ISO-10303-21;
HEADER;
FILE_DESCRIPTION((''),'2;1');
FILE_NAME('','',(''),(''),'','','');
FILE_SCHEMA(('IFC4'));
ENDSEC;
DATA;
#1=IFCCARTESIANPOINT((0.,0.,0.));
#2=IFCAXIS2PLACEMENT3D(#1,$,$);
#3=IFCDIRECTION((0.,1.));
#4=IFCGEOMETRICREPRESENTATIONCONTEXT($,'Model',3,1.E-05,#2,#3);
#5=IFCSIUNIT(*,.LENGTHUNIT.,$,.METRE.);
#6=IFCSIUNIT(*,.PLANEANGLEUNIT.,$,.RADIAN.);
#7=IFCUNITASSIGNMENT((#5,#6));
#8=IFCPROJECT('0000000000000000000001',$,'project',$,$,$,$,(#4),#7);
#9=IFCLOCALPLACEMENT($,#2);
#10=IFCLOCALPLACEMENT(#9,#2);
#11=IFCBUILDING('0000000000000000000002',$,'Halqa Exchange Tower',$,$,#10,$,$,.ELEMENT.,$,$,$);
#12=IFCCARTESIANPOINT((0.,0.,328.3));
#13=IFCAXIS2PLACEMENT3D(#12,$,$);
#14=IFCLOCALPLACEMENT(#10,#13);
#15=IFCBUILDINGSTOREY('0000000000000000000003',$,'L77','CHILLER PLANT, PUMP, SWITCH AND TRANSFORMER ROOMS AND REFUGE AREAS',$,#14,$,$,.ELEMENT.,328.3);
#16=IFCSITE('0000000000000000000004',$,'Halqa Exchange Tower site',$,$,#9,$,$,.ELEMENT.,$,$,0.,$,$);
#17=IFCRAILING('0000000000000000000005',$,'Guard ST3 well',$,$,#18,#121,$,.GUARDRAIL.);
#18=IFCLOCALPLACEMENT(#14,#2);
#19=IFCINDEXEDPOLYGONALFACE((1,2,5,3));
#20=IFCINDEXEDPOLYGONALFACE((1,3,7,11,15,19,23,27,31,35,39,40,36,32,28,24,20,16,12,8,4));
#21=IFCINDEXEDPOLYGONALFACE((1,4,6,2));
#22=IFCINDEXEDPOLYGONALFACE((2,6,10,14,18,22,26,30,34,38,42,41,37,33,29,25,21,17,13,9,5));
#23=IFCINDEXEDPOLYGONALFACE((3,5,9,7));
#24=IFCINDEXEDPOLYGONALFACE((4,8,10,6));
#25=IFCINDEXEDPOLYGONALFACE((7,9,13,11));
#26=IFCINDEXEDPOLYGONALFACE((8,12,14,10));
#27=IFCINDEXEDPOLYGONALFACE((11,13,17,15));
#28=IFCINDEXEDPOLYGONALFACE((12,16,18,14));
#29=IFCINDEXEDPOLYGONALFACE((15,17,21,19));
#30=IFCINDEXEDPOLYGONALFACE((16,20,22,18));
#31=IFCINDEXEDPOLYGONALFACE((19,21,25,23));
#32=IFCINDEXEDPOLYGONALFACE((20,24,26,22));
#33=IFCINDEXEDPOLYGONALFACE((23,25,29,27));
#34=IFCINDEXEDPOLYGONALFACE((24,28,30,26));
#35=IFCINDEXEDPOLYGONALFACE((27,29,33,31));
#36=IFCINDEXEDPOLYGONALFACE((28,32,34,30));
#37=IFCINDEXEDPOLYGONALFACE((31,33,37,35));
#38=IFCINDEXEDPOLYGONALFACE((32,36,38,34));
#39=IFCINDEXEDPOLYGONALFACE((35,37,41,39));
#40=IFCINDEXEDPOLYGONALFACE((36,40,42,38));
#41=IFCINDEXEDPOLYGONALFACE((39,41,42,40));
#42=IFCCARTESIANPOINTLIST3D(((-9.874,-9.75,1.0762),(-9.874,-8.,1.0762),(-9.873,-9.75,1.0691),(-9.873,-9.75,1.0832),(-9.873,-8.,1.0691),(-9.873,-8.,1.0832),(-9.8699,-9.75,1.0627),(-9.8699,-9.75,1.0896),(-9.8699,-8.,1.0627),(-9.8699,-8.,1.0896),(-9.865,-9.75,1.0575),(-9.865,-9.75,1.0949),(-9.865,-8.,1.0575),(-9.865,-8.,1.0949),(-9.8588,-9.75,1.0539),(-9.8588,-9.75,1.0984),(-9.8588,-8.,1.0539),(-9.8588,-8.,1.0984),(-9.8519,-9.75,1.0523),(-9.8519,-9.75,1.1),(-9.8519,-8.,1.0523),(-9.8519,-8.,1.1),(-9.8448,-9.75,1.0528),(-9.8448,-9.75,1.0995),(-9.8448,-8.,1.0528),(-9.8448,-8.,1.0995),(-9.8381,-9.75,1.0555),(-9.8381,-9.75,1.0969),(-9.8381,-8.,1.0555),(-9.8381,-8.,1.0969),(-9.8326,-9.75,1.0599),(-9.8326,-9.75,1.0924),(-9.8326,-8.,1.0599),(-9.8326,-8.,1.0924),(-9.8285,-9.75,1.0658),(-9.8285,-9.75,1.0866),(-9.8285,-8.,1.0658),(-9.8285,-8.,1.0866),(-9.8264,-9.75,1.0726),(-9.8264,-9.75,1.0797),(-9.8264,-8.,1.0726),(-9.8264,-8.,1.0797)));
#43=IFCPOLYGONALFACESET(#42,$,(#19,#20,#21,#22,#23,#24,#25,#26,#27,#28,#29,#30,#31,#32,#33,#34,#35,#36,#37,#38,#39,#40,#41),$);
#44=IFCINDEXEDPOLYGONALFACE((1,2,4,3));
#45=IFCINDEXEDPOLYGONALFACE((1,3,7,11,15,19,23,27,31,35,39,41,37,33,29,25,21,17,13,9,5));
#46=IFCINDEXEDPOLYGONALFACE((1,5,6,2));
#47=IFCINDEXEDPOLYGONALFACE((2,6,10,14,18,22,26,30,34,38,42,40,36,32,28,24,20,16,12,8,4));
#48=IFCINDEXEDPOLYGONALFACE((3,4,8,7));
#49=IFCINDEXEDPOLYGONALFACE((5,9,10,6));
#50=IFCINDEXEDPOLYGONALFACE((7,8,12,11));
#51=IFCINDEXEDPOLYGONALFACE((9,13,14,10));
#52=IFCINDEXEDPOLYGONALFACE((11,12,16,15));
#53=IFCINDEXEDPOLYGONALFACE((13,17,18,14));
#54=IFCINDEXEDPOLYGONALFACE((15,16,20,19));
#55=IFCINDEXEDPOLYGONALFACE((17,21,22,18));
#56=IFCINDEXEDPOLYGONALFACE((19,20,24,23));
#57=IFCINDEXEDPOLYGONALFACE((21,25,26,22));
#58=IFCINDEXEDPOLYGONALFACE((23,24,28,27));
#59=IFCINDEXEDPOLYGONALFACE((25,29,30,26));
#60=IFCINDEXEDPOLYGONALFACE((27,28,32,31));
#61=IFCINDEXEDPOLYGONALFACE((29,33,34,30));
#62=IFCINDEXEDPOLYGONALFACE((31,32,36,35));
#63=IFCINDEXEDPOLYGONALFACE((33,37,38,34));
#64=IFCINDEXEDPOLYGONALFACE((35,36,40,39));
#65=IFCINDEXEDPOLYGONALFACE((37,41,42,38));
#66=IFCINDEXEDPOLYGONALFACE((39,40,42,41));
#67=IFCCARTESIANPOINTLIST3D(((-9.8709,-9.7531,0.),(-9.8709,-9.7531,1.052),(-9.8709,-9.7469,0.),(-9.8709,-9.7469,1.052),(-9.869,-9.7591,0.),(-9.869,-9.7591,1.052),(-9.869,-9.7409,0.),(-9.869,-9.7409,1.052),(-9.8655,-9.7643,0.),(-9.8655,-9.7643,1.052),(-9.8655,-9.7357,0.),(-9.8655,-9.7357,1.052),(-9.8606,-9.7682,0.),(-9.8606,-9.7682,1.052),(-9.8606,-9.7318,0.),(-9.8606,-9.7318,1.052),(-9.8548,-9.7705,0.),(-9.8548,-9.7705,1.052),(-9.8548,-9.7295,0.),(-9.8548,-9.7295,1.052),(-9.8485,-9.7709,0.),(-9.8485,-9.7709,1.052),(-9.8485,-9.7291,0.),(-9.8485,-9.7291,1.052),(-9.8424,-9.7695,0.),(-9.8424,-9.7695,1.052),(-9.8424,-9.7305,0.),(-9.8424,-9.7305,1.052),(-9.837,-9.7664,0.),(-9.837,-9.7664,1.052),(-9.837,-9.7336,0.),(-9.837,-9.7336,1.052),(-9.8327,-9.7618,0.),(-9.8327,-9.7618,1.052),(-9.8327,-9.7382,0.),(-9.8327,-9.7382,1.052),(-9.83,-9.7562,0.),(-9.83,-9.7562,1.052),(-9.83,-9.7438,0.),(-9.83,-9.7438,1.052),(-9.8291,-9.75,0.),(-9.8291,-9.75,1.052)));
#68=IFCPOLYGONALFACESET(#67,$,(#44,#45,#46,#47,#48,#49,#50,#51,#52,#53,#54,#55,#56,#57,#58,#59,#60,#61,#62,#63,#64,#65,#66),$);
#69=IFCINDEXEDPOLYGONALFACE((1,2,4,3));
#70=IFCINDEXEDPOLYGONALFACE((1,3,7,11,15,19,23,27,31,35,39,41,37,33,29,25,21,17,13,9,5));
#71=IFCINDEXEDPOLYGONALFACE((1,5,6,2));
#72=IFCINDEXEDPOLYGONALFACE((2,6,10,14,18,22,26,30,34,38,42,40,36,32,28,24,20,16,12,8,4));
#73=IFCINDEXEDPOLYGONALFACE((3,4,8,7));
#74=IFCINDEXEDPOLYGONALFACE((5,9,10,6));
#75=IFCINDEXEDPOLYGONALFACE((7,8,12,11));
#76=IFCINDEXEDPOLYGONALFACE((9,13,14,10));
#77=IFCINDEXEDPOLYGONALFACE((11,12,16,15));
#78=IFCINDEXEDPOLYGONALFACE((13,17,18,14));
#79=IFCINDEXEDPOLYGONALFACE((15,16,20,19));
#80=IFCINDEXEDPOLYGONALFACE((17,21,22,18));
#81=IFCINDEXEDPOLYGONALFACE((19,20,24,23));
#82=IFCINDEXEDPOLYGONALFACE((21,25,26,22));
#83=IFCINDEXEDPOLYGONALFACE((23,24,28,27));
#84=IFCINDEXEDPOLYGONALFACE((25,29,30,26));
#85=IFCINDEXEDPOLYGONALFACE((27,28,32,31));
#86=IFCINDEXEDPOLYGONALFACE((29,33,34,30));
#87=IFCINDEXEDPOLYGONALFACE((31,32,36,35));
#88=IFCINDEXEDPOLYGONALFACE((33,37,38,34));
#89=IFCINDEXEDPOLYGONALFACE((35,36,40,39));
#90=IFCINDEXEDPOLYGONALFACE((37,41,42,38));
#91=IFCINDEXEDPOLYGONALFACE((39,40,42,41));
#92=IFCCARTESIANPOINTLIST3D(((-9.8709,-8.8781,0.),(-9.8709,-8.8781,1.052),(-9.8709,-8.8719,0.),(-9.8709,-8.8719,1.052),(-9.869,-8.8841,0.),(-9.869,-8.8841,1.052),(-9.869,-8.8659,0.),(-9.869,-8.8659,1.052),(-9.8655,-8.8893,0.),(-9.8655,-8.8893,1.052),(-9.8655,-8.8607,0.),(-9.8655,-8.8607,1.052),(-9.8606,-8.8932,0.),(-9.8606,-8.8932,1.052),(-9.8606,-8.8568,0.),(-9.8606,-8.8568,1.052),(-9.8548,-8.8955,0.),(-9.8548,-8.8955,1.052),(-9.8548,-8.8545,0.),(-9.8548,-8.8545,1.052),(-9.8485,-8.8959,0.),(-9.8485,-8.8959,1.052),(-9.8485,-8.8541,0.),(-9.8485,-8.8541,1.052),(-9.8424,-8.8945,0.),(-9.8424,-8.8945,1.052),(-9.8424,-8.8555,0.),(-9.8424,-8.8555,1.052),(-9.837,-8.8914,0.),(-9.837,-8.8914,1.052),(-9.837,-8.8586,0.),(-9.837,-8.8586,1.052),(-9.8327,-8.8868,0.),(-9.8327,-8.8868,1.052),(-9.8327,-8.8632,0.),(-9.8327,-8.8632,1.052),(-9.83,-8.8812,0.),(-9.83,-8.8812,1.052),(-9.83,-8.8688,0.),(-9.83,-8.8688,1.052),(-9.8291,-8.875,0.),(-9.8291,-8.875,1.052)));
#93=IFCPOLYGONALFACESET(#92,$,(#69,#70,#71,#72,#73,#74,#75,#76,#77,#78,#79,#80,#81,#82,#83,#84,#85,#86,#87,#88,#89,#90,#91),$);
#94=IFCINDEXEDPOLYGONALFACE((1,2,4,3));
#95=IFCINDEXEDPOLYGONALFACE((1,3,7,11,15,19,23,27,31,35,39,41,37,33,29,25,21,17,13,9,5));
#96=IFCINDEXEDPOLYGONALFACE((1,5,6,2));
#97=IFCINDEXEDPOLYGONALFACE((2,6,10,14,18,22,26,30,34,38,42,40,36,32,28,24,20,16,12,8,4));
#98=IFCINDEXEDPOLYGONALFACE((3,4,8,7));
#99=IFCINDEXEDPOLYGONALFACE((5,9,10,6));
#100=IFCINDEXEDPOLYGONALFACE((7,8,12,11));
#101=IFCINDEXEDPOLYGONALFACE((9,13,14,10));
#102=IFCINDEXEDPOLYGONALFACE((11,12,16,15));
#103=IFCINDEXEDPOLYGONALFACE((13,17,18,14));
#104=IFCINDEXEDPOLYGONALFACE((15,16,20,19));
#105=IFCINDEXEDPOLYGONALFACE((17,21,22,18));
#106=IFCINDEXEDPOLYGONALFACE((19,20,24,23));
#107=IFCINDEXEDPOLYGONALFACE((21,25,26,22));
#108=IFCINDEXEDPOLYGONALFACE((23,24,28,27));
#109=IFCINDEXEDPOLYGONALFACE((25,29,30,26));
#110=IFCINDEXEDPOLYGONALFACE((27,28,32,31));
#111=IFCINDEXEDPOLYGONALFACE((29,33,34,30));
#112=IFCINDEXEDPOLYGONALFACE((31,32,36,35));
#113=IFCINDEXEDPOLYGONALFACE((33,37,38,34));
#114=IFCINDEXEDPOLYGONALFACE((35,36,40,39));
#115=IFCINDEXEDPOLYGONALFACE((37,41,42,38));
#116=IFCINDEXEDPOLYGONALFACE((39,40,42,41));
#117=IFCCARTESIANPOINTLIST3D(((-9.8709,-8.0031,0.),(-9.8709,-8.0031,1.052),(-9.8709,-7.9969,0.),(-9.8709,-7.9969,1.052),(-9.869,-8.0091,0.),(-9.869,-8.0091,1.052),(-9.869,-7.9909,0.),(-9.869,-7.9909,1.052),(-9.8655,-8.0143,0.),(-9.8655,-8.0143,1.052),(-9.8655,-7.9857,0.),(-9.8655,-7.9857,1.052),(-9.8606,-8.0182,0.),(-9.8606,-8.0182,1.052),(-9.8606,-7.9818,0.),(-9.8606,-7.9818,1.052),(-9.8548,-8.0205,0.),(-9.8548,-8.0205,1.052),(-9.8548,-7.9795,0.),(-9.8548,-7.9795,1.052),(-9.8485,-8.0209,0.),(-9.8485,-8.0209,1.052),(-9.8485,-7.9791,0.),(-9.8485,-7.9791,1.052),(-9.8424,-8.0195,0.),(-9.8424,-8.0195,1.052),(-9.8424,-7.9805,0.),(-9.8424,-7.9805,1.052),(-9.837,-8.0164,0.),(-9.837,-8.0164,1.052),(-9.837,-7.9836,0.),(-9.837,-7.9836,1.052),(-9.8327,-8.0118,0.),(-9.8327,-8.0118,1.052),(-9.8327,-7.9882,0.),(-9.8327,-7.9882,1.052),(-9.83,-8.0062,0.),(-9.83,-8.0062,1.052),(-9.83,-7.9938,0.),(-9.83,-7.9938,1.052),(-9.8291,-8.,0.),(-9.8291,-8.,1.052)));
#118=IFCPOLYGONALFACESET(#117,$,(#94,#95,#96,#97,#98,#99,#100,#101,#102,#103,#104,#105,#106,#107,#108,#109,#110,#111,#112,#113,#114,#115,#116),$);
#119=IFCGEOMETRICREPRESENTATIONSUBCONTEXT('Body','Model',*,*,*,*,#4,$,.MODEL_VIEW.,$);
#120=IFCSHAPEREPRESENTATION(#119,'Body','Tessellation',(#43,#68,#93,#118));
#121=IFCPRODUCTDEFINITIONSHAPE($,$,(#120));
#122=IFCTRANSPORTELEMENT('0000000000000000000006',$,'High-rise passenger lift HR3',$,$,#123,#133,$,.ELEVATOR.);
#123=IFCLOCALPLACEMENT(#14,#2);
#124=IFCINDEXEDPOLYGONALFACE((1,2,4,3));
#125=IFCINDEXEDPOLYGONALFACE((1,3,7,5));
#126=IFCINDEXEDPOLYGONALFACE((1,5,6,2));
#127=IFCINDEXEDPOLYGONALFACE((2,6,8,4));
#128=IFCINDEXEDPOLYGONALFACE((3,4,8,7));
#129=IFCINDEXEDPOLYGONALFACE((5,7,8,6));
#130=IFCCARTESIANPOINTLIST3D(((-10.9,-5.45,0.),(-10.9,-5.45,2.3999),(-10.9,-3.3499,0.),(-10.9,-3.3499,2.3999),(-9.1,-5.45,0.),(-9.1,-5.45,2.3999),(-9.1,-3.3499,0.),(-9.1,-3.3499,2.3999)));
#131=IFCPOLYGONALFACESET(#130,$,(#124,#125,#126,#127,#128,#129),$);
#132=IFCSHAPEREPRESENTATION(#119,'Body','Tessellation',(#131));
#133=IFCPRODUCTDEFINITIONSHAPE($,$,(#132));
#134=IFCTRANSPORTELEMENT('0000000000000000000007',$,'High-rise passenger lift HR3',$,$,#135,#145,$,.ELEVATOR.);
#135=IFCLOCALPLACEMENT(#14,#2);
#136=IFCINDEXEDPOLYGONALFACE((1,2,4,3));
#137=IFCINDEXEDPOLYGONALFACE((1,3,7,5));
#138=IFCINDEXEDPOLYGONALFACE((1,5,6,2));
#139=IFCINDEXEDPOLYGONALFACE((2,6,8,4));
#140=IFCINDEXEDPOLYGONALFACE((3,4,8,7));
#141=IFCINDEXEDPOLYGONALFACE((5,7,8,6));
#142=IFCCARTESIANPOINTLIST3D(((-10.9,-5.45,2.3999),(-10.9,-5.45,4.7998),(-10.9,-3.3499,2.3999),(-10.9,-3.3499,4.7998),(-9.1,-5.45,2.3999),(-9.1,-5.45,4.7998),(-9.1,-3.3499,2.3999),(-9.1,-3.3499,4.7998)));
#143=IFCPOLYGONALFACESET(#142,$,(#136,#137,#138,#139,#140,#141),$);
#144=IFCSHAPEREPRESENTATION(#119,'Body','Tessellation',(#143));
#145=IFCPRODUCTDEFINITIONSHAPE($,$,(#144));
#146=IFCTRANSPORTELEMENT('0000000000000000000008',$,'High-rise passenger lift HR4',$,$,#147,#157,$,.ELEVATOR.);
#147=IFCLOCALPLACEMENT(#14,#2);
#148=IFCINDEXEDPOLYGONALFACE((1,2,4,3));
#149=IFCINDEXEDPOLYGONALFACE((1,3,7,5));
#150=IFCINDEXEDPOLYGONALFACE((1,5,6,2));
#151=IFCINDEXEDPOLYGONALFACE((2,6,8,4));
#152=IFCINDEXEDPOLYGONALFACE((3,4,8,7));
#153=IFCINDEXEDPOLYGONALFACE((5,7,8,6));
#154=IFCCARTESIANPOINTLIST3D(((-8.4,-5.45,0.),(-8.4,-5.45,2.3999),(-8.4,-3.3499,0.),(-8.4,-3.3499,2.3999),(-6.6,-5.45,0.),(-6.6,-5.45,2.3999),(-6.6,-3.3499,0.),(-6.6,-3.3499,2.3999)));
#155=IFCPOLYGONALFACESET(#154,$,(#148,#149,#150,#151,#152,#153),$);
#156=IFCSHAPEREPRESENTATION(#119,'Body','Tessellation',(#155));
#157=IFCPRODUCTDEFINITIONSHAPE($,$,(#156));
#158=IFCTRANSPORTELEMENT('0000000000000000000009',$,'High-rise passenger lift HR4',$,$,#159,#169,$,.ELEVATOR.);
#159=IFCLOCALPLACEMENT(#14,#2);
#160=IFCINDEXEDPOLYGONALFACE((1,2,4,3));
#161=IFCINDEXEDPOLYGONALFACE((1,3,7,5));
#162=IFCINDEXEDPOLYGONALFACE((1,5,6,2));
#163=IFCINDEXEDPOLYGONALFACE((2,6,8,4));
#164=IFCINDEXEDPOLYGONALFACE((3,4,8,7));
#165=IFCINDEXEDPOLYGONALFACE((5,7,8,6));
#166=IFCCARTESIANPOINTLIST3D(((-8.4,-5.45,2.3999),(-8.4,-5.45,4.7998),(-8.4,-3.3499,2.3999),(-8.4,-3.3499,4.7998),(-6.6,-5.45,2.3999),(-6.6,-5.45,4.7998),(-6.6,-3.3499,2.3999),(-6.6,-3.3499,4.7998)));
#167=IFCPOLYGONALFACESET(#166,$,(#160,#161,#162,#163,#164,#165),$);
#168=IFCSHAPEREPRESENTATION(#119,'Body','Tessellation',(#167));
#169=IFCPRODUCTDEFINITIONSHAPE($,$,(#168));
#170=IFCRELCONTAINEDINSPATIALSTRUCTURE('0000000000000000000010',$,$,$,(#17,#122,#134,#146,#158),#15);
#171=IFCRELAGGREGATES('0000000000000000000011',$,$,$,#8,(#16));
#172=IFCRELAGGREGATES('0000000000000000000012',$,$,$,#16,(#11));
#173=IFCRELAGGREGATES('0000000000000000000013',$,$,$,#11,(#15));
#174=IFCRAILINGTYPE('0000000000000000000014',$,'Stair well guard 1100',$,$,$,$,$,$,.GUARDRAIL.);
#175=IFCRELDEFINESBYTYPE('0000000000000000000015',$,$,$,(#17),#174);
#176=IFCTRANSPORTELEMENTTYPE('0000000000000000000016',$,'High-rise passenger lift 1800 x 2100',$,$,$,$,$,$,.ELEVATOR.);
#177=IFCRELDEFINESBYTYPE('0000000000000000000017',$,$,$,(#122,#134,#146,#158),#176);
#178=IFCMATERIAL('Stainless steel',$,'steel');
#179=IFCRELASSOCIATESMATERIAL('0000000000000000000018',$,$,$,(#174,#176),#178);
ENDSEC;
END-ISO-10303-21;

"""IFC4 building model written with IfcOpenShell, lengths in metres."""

from ifc_helpers import new_model, si_unit, direction, frame, origin, origin_2d, place, context, subcontext, project, spatial, rectangle, circle, extrude, material, type_object, element, save


model = new_model("IFC4")

# Units and contexts
model_context = context("Model", 3, precision=1e-05, world=origin(), true_north=direction((0.0, 1.0)))
body_context = subcontext(model_context, "Body", "Model", "MODEL_VIEW")
ifc_project = project(units=[si_unit("LENGTHUNIT", "METRE"), si_unit("PLANEANGLEUNIT", "RADIAN")], contexts=[model_context])

# Site, building, storey
site_placement = place(None, origin())
site = spatial("IfcSite", under=ifc_project, at=site_placement, Name="Halqa Exchange Tower site", CompositionType="ELEMENT", RefElevation=0.0)
building_placement = place(site_placement, origin())
building = spatial("IfcBuilding", under=site, at=building_placement, Name="Halqa Exchange Tower", CompositionType="ELEMENT")
storey_placement = place(building_placement, frame((0.0, 0.0, 328.3)))
storey = spatial("IfcBuildingStorey", under=building, at=storey_placement, Name="L77", Description="CHILLER PLANT, PUMP, SWITCH AND TRANSFORMER ROOMS AND REFUGE AREAS", CompositionType="ELEMENT", Elevation=328.3)

# Railing
ifc_material_1 = material(Name="Stainless steel", Category="steel")
railing_type_1 = type_object("IfcRailingType", Name="Stair well guard 1100", PredefinedType="GUARDRAIL", material=ifc_material_1)
railing_1_placement = place(storey_placement, frame((-9.8501, -9.75, 0.0)))
element("IfcRailing", 1, at=railing_1_placement, inside=storey, type_object=railing_type_1, Name="Guard ST3 well", PredefinedType="GUARDRAIL", context=body_context, shape_type="SweptSolid", body=[
    extrude(circle(Radius=0.0239, at=origin_2d()), frame((0.0, 0.0, 1.0762), z_axis=(0.0, 1.0, 0.0), x_axis=(-1.0, 0.0, 0.0)), (0.0, 0.0, 1.0), 1.75),
    extrude(circle(Radius=0.021, at=origin_2d()), origin(), (0.0, 0.0, 1.0), 1.052),
    extrude(circle(Radius=0.021, at=origin_2d()), frame((0.0, 0.875, 0.0)), (0.0, 0.0, 1.0), 1.052),
    extrude(circle(Radius=0.021, at=origin_2d()), frame((0.0, 1.75, 0.0)), (0.0, 0.0, 1.0), 1.052),
])

# Transport elements
transport_element_type = type_object("IfcTransportElementType", Name="High-rise passenger lift 1800 x 2100", PredefinedType="ELEVATOR", material=ifc_material_1)
for number, where, z_axis, x_axis, name in (
    (2, (-10.0, -4.3999, 0.0), (0.0, 0.0, 1.0), (1.0, 0.0, 0.0), "High-rise passenger lift HR3"),
    (3, (-10.0, -4.3999, 2.3999), (0.0, 0.0, 1.0), (1.0, 0.0, 0.0), "High-rise passenger lift HR3"),
    (4, (-7.5, -4.3999, 0.0), (0.0, 0.0, 1.0), (1.0, 0.0, 0.0), "High-rise passenger lift HR4"),
    (5, (-7.5, -4.3999, 2.3999), (0.0, 0.0, 1.0), (1.0, 0.0, 0.0), "High-rise passenger lift HR4"),
):
    element("IfcTransportElement", number, at=place(storey_placement, frame(where, z_axis=z_axis, x_axis=x_axis)), inside=storey, type_object=transport_element_type, Name=name, PredefinedType="ELEVATOR", context=body_context, shape_type="SweptSolid", body=[
        extrude(rectangle(XDim=1.8, YDim=2.1001, at=origin_2d()), origin(), (0.0, 0.0, 1.0), 2.3999),
    ])

save(model, "model.ifc")
